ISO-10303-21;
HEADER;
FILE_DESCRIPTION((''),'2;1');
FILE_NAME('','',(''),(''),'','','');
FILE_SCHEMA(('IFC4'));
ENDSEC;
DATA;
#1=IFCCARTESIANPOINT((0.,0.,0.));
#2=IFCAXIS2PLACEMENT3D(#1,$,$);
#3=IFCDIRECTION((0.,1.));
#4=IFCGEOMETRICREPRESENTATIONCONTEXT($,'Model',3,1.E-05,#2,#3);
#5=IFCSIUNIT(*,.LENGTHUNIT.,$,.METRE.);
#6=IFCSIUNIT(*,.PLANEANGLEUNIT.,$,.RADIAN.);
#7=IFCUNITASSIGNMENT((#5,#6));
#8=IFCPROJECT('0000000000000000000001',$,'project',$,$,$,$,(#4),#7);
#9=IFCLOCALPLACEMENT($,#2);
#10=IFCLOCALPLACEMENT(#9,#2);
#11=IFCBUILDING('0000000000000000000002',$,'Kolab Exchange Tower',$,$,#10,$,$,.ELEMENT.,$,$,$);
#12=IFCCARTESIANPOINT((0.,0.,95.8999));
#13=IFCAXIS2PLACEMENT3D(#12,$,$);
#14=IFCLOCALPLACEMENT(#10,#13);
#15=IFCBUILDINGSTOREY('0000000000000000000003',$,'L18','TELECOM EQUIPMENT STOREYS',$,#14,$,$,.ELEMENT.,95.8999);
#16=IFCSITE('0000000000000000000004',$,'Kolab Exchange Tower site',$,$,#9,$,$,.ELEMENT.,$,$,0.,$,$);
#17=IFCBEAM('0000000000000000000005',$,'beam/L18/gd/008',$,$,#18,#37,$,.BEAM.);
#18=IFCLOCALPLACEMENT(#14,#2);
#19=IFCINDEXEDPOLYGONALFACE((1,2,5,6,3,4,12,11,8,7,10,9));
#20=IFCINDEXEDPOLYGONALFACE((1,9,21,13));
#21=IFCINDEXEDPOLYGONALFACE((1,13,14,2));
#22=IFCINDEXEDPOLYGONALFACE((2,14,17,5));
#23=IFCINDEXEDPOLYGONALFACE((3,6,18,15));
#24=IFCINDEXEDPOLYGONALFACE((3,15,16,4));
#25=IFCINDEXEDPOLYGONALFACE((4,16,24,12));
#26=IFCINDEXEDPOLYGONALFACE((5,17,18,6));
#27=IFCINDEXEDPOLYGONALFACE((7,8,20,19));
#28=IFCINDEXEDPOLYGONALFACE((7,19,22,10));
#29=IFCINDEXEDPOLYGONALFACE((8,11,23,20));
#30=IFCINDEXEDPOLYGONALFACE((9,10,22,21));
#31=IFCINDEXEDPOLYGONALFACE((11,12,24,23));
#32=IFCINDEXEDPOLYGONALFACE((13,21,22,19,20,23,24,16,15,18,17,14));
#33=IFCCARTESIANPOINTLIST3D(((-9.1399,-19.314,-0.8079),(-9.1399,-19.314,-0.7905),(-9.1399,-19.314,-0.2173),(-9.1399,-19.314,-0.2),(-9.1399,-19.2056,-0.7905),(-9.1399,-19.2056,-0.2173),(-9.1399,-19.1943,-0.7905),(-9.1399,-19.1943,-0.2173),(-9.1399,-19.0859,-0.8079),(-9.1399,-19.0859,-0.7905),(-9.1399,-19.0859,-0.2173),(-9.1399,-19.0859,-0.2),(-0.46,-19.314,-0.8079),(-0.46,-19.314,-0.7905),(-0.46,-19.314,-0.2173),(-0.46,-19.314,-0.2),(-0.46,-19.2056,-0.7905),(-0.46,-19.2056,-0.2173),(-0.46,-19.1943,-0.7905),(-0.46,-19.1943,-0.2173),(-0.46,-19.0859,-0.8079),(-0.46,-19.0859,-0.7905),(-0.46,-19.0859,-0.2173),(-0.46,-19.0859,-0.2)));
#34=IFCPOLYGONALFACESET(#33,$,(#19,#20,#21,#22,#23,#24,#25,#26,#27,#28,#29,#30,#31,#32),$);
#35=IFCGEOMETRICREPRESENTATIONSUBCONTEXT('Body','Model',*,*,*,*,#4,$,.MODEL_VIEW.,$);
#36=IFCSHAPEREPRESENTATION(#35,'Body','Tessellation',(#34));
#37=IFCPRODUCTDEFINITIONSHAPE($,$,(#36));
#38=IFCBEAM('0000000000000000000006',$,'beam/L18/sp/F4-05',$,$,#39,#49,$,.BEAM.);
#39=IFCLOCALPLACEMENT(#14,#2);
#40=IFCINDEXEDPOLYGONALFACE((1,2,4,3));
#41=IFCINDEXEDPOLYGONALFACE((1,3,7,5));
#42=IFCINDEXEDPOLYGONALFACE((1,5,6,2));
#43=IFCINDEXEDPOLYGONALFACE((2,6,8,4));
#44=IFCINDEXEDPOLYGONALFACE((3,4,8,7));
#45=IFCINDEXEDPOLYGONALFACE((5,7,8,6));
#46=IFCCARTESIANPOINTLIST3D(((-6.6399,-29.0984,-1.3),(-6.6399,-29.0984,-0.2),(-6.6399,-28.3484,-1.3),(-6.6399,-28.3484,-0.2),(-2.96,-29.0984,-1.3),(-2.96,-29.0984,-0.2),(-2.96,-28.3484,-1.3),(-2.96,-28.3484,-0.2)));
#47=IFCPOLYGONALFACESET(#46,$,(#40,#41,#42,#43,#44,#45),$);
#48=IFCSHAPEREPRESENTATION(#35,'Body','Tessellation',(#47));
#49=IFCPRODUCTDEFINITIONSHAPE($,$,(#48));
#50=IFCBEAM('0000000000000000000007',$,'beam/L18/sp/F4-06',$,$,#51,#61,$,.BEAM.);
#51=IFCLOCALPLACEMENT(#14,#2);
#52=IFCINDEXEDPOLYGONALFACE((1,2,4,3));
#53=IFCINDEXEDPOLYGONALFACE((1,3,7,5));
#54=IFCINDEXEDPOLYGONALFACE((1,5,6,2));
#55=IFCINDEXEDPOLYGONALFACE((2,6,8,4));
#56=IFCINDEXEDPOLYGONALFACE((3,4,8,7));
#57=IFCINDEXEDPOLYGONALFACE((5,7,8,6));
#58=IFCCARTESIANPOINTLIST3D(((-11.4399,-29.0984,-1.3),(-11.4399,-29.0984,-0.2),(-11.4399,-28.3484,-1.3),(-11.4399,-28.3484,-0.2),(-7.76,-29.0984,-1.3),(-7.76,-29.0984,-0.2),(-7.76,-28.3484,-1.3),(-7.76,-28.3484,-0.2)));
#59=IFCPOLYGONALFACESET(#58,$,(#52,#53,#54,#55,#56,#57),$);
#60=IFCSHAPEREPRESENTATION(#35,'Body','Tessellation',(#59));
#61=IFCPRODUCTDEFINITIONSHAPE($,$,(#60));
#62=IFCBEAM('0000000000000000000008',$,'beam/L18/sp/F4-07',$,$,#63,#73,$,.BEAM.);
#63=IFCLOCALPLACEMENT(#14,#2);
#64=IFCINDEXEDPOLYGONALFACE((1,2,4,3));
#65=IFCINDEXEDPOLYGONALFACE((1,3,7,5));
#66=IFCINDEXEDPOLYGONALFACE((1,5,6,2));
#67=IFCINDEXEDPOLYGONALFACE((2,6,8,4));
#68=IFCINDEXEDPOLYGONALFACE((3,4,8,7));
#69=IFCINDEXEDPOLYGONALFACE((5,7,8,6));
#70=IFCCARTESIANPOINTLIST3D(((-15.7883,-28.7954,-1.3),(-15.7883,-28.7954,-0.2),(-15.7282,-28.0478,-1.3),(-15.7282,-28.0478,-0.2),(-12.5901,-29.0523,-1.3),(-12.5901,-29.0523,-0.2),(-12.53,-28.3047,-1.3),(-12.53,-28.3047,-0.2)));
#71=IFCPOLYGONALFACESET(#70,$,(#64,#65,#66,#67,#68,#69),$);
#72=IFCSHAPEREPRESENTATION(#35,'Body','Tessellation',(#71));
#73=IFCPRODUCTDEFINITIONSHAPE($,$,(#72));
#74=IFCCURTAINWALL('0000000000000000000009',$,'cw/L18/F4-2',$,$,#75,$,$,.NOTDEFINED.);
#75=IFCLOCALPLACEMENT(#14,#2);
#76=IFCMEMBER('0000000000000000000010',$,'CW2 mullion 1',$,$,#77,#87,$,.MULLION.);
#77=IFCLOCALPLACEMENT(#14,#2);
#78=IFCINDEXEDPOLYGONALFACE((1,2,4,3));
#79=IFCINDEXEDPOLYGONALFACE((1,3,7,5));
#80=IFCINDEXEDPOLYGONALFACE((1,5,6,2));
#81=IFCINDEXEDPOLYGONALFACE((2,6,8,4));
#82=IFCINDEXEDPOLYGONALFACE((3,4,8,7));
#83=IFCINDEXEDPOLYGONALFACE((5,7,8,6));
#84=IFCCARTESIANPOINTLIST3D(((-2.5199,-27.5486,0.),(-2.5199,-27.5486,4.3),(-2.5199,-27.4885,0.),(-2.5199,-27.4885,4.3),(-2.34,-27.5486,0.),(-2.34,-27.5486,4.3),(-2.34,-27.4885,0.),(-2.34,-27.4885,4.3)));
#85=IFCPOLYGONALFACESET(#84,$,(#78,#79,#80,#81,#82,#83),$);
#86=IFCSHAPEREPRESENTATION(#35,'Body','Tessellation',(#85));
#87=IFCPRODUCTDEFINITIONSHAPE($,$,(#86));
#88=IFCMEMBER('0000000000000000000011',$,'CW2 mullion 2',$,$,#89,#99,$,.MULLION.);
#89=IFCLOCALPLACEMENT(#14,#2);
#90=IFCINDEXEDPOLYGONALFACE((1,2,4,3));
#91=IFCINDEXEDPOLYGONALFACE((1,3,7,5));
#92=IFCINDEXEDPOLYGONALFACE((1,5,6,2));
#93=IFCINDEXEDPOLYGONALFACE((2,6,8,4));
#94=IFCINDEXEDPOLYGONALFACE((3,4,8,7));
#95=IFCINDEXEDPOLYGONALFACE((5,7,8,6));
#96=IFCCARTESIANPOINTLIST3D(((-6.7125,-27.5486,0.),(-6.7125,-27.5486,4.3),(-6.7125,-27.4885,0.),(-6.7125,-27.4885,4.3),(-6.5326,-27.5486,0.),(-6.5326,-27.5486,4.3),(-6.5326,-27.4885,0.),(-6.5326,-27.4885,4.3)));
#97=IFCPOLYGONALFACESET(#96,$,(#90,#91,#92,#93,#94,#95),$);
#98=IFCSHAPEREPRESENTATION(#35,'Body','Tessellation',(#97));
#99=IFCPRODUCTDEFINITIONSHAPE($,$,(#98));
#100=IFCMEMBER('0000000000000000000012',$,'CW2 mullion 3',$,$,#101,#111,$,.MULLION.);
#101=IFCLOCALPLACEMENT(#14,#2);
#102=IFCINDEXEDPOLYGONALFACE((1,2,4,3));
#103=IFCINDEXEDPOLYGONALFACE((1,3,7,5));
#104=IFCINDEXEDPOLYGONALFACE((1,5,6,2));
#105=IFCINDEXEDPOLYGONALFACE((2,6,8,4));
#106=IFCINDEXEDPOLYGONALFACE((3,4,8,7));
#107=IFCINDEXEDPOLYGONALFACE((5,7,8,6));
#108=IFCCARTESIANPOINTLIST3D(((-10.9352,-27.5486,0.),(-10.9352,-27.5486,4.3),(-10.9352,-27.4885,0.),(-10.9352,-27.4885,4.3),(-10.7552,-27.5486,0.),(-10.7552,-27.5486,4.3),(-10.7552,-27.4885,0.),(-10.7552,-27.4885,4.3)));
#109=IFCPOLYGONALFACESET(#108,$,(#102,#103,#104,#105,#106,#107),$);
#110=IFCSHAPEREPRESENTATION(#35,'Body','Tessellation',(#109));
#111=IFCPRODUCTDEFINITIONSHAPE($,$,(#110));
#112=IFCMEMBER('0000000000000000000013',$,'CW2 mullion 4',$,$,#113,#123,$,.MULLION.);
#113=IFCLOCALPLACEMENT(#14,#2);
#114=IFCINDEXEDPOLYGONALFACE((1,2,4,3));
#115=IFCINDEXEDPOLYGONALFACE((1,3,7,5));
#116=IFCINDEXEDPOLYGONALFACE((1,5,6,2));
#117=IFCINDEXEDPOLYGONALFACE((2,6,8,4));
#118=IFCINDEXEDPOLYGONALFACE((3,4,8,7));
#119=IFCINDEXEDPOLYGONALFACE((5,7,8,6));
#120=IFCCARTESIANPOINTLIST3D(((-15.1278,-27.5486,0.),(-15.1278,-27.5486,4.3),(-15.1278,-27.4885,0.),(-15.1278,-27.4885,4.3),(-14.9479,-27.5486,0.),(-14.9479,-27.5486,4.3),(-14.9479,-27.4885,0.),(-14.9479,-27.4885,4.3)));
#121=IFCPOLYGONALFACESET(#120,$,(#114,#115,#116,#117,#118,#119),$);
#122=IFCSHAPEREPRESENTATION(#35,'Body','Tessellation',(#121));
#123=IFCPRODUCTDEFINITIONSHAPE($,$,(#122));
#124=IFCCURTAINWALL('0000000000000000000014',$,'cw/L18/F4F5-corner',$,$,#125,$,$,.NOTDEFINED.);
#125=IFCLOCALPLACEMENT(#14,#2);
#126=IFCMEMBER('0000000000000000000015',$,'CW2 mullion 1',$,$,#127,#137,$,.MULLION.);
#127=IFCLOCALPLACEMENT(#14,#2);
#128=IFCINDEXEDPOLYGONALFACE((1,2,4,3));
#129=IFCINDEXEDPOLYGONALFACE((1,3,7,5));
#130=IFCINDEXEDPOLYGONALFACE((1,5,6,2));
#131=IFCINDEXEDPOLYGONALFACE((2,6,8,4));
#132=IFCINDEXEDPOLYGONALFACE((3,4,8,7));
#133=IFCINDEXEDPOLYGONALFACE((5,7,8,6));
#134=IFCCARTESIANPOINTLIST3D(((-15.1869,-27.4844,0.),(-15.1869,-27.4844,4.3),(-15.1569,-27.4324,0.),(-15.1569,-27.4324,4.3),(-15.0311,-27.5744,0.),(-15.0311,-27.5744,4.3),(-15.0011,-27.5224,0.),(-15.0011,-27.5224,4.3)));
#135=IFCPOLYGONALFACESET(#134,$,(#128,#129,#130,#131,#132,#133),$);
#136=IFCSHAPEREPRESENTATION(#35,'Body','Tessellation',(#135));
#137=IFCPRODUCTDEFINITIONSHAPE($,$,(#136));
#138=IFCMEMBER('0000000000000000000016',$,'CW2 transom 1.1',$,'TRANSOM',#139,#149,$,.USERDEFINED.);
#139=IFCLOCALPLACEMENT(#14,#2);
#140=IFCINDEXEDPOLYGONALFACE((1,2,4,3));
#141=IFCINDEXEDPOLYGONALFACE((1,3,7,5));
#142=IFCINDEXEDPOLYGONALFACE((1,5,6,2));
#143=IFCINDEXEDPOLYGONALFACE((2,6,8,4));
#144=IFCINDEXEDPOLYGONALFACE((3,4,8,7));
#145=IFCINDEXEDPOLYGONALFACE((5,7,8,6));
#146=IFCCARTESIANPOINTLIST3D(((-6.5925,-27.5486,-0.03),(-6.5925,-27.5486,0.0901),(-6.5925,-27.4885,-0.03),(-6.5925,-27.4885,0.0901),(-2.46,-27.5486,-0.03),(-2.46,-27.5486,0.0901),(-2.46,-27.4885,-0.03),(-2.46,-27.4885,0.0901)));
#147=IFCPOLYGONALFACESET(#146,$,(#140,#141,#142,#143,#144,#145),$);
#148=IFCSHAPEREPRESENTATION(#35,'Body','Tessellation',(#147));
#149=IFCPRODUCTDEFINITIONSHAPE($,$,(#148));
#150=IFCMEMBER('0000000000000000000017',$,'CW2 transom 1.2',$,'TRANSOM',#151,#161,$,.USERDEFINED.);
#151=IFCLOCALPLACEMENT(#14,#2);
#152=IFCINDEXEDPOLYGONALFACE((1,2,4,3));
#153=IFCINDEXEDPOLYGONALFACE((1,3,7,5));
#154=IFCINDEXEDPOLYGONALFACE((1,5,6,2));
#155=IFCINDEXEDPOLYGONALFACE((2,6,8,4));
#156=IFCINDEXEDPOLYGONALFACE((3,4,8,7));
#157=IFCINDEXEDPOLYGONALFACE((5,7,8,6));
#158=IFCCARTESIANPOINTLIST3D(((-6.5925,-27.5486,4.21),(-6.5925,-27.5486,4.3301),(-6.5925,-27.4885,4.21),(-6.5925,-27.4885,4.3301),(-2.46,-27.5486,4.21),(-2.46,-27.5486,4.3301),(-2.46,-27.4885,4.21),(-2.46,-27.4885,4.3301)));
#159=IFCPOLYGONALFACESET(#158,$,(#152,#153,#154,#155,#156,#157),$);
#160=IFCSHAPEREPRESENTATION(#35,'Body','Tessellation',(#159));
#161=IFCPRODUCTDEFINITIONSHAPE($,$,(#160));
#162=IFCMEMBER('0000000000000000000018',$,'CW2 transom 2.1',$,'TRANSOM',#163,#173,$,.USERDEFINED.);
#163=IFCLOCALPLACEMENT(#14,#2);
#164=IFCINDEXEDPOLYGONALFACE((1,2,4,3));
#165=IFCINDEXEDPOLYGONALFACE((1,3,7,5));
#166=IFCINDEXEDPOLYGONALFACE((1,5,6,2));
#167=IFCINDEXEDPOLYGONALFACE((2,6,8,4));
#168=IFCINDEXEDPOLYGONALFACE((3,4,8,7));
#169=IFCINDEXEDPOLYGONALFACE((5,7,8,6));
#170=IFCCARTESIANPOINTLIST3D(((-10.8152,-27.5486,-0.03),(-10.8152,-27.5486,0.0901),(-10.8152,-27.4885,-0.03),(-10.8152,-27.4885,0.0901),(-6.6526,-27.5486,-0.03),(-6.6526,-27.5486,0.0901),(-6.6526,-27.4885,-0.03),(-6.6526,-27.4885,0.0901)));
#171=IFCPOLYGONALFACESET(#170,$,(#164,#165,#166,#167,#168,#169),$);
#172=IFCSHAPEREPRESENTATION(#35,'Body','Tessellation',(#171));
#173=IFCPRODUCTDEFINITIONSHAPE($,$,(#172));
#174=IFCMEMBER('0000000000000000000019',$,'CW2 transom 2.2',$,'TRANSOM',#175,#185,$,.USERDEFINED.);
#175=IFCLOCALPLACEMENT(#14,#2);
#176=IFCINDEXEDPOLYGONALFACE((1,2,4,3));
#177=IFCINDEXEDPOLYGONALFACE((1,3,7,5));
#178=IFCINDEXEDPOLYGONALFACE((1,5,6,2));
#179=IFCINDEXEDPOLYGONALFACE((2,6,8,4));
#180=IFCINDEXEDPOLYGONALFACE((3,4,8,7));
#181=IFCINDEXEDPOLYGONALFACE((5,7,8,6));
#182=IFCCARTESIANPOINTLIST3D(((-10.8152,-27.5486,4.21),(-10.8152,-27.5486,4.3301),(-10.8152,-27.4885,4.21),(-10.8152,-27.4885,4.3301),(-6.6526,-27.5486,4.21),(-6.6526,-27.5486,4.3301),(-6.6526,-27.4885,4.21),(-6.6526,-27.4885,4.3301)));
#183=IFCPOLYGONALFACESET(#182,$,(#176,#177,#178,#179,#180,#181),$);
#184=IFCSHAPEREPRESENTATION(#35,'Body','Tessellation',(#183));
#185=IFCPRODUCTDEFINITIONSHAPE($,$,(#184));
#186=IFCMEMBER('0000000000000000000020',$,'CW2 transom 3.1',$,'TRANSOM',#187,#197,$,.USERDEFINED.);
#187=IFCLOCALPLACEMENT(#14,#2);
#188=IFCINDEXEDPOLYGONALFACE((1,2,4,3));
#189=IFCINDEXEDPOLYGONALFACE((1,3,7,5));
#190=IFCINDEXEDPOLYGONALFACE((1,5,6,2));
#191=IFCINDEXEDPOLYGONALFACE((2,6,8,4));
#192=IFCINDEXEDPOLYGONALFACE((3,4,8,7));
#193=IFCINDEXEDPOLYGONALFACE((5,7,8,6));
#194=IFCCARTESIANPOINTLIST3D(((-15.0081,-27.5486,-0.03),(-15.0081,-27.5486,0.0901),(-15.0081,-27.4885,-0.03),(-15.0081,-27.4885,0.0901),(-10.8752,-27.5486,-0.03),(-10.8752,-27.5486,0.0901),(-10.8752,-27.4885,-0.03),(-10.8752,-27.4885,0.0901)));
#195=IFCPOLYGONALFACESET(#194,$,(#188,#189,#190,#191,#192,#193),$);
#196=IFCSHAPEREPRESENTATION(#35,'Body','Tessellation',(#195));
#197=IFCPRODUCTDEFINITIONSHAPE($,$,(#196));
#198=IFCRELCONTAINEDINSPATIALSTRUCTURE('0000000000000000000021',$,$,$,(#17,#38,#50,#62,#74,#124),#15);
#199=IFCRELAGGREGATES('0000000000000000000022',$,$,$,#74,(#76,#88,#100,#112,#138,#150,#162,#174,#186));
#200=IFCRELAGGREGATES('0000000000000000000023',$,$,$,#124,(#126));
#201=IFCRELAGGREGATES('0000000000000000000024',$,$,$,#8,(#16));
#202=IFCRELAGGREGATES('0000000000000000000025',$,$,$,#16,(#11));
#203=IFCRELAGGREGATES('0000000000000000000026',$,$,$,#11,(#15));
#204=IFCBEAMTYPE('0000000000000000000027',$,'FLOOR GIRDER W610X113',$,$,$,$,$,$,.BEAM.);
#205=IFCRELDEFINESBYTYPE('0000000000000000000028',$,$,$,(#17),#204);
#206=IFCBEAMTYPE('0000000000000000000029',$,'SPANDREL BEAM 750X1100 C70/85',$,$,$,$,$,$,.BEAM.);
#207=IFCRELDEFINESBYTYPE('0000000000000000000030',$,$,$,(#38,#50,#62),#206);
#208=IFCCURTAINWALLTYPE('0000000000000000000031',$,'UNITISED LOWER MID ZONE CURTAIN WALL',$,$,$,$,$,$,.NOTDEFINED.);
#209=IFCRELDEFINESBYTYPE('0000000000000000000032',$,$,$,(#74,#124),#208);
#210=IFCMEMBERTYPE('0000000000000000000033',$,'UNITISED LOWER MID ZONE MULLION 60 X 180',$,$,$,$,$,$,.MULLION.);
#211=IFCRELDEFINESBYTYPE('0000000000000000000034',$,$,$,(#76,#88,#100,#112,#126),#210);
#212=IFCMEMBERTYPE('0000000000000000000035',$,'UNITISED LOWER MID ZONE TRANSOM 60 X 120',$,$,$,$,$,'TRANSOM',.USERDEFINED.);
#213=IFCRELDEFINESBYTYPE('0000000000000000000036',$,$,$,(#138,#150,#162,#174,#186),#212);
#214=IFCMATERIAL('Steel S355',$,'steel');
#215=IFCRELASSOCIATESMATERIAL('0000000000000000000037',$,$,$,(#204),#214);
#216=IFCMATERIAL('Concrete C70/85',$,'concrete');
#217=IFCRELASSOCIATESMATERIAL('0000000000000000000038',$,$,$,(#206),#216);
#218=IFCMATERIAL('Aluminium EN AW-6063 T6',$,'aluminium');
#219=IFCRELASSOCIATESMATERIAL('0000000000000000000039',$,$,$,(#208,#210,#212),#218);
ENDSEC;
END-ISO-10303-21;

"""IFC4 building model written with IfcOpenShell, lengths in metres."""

from ifc_helpers import new_model, si_unit, direction, frame, origin, origin_2d, place, context, subcontext, project, spatial, rectangle, i_section, extrude, material, material_profile, profile_set, type_object, element, aggregate, save


model = new_model("IFC4")

# Units and contexts
model_context = context("Model", 3, precision=1e-05, world=origin(), true_north=direction((0.0, 1.0)))
body_context = subcontext(model_context, "Body", "Model", "MODEL_VIEW")
ifc_project = project(units=[si_unit("LENGTHUNIT", "METRE"), si_unit("PLANEANGLEUNIT", "RADIAN")], contexts=[model_context])

# Site, building, storey
site_placement = place(None, origin())
site = spatial("IfcSite", under=ifc_project, at=site_placement, Name="Kolab Exchange Tower site", CompositionType="ELEMENT", RefElevation=0.0)
building_placement = place(site_placement, origin())
building = spatial("IfcBuilding", under=site, at=building_placement, Name="Kolab Exchange Tower", CompositionType="ELEMENT")
storey_placement = place(building_placement, frame((0.0, 0.0, 95.8999)))
storey = spatial("IfcBuildingStorey", under=building, at=storey_placement, Name="L18", Description="TELECOM EQUIPMENT STOREYS", CompositionType="ELEMENT", Elevation=95.8999)

# Shared definitions
ifc_material_1 = material(Name="Concrete C70/85", Category="concrete")

# Beams
ifc_material_2 = material(Name="Steel S355", Category="steel")
ifc_material_profile_1 = material_profile(ifc_material_2, i_section(OverallWidth=0.228, OverallDepth=0.6079, WebThickness=0.0112, FlangeThickness=0.0173, at=origin_2d()), Name="W610X113")
ifc_profile_set_1 = profile_set([ifc_material_profile_1], Name="Steel S355")
beam_type_1 = type_object("IfcBeamType", Name="FLOOR GIRDER W610X113", PredefinedType="BEAM", material=ifc_profile_set_1)
beam_1_placement = place(storey_placement, frame((-9.1399, -19.2, -0.5039), z_axis=(1.0, 0.0, 0.0), x_axis=(0.0, 1.0, 0.0)))
element("IfcBeam", 1, at=beam_1_placement, inside=storey, type_object=beam_type_1, Name="beam/L18/gd/008", PredefinedType="BEAM", context=body_context, shape_type="SweptSolid", body=[
    extrude(i_section(OverallWidth=0.228, OverallDepth=0.6079, WebThickness=0.0112, FlangeThickness=0.0173, at=origin_2d()), origin(), (0.0, 0.0, 1.0), 8.6799),
])
ifc_material_profile_2 = material_profile(ifc_material_1, rectangle(XDim=0.75, YDim=1.1001, at=origin_2d()), Name="RC750X1100")
ifc_profile_set_2 = profile_set([ifc_material_profile_2], Name="Concrete C70/85")
beam_type_2 = type_object("IfcBeamType", Name="SPANDREL BEAM 750X1100 C70/85", PredefinedType="BEAM", material=ifc_profile_set_2)
for number, where, z_axis, x_axis, name in (
    (2, (-2.96, -28.7234, -0.75), (-1.0, 0.0, 0.0), (0.0, -1.0, 0.0), "beam/L18/sp/F4-05"),
    (3, (-7.76, -28.7234, -0.75), (-1.0, 0.0, 0.0), (0.0, -1.0, 0.0), "beam/L18/sp/F4-06"),
):
    element("IfcBeam", number, at=place(storey_placement, frame(where, z_axis=z_axis, x_axis=x_axis)), inside=storey, type_object=beam_type_2, Name=name, PredefinedType="BEAM", context=body_context, shape_type="SweptSolid", body=[
        extrude(rectangle(XDim=0.75, YDim=1.1001, at=origin_2d()), origin(), (0.0, 0.0, 1.0), 3.6799),
    ])
beam_2_placement = place(storey_placement, frame((-12.5601, -28.6785, -0.75), z_axis=(-0.996791, 0.080048, 0.0), x_axis=(-0.080048, -0.996791, 0.0)))
element("IfcBeam", 4, at=beam_2_placement, inside=storey, type_object=beam_type_2, Name="beam/L18/sp/F4-07", PredefinedType="BEAM", context=body_context, shape_type="SweptSolid", body=[
    extrude(rectangle(XDim=0.75, YDim=1.1001, at=origin_2d()), origin(), (0.0, 0.0, 1.0), 3.2085),
])

# Curtain wall, members
ifc_material_3 = material(Name="Aluminium EN AW-6063 T6", Category="aluminium")
curtain_wall_type = type_object("IfcCurtainWallType", Name="UNITISED LOWER MID ZONE CURTAIN WALL", PredefinedType="NOTDEFINED", material=ifc_material_3)
curtain_wall_1_placement = place(storey_placement, origin())
curtain_wall_1 = element("IfcCurtainWall", 5, at=curtain_wall_1_placement, inside=storey, type_object=curtain_wall_type, Name="cw/L18/F4-2", PredefinedType="NOTDEFINED")
ifc_material_profile_3 = material_profile(ifc_material_3, rectangle(XDim=0.0601, YDim=0.1799, at=origin_2d()), Name="RECT 60X180")
ifc_profile_set_3 = profile_set([ifc_material_profile_3], Name="Aluminium EN AW-6063 T6")
member_type_1 = type_object("IfcMemberType", Name="UNITISED LOWER MID ZONE MULLION 60 X 180", PredefinedType="MULLION", material=ifc_profile_set_3)
member_1_placement = place(storey_placement, frame((-2.4299, -27.5186, 0.0), z_axis=(0.0, 0.0, 1.0), x_axis=(0.0, -1.0, 0.0)))
member_1 = element("IfcMember", 6, at=member_1_placement, type_object=member_type_1, Name="CW2 mullion 1", PredefinedType="MULLION", context=body_context, shape_type="SweptSolid", body=[
    extrude(rectangle(XDim=0.0601, YDim=0.1799, at=origin_2d()), origin(), (0.0, 0.0, 1.0), 4.3),
])
member_2_placement = place(storey_placement, frame((-6.6226, -27.5186, 0.0), z_axis=(0.0, 0.0, 1.0), x_axis=(0.0, -1.0, 0.0)))
member_2 = element("IfcMember", 7, at=member_2_placement, type_object=member_type_1, Name="CW2 mullion 2", PredefinedType="MULLION", context=body_context, shape_type="SweptSolid", body=[
    extrude(rectangle(XDim=0.0601, YDim=0.1799, at=origin_2d()), origin(), (0.0, 0.0, 1.0), 4.3),
])
member_3_placement = place(storey_placement, frame((-10.8452, -27.5186, 0.0), z_axis=(0.0, 0.0, 1.0), x_axis=(0.0, -1.0, 0.0)))
member_3 = element("IfcMember", 8, at=member_3_placement, type_object=member_type_1, Name="CW2 mullion 3", PredefinedType="MULLION", context=body_context, shape_type="SweptSolid", body=[
    extrude(rectangle(XDim=0.0601, YDim=0.1799, at=origin_2d()), origin(), (0.0, 0.0, 1.0), 4.3),
])
member_4_placement = place(storey_placement, frame((-15.0378, -27.5186, 0.0), z_axis=(0.0, 0.0, 1.0), x_axis=(0.0, -1.0, 0.0)))
member_4 = element("IfcMember", 9, at=member_4_placement, type_object=member_type_1, Name="CW2 mullion 4", PredefinedType="MULLION", context=body_context, shape_type="SweptSolid", body=[
    extrude(rectangle(XDim=0.0601, YDim=0.1799, at=origin_2d()), origin(), (0.0, 0.0, 1.0), 4.3),
])

# Curtain wall, member
curtain_wall_2_placement = place(storey_placement, origin())
curtain_wall_2 = element("IfcCurtainWall", 10, at=curtain_wall_2_placement, inside=storey, type_object=curtain_wall_type, Name="cw/L18/F4F5-corner", PredefinedType="NOTDEFINED")
member_5_placement = place(storey_placement, frame((-15.094, -27.5034, 0.0), z_axis=(0.0, 0.0, 1.0), x_axis=(-0.5, -0.866025, 0.0)))
member_5 = element("IfcMember", 11, at=member_5_placement, type_object=member_type_1, Name="CW2 mullion 1", PredefinedType="MULLION", context=body_context, shape_type="SweptSolid", body=[
    extrude(rectangle(XDim=0.0601, YDim=0.1799, at=origin_2d()), origin(), (0.0, 0.0, 1.0), 4.3),
])

# Members
ifc_material_profile_4 = material_profile(ifc_material_3, rectangle(XDim=0.0601, YDim=0.1201, at=origin_2d()), Name="RECT 60X120")
ifc_profile_set_4 = profile_set([ifc_material_profile_4], Name="Aluminium EN AW-6063 T6")
member_type_2 = type_object("IfcMemberType", Name="UNITISED LOWER MID ZONE TRANSOM 60 X 120", ElementType="TRANSOM", PredefinedType="USERDEFINED", material=ifc_profile_set_4)
member_6_placement = place(storey_placement, frame((-2.46, -27.5186, 0.03), z_axis=(-1.0, 0.0, 0.0), x_axis=(0.0, -1.0, 0.0)))
member_6 = element("IfcMember", 12, at=member_6_placement, type_object=member_type_2, Name="CW2 transom 1.1", ObjectType="TRANSOM", PredefinedType="USERDEFINED", context=body_context, shape_type="SweptSolid", body=[
    extrude(rectangle(XDim=0.0601, YDim=0.1201, at=origin_2d()), origin(), (0.0, 0.0, 1.0), 4.1326),
])
member_7_placement = place(storey_placement, frame((-2.46, -27.5186, 4.27), z_axis=(-1.0, 0.0, 0.0), x_axis=(0.0, -1.0, 0.0)))
member_7 = element("IfcMember", 13, at=member_7_placement, type_object=member_type_2, Name="CW2 transom 1.2", ObjectType="TRANSOM", PredefinedType="USERDEFINED", context=body_context, shape_type="SweptSolid", body=[
    extrude(rectangle(XDim=0.0601, YDim=0.1201, at=origin_2d()), origin(), (0.0, 0.0, 1.0), 4.1326),
])
member_8_placement = place(storey_placement, frame((-6.6526, -27.5186, 0.03), z_axis=(-1.0, 0.0, 0.0), x_axis=(0.0, -1.0, 0.0)))
member_8 = element("IfcMember", 14, at=member_8_placement, type_object=member_type_2, Name="CW2 transom 2.1", ObjectType="TRANSOM", PredefinedType="USERDEFINED", context=body_context, shape_type="SweptSolid", body=[
    extrude(rectangle(XDim=0.0601, YDim=0.1201, at=origin_2d()), origin(), (0.0, 0.0, 1.0), 4.1626),
])
member_9_placement = place(storey_placement, frame((-6.6526, -27.5186, 4.27), z_axis=(-1.0, 0.0, 0.0), x_axis=(0.0, -1.0, 0.0)))
member_9 = element("IfcMember", 15, at=member_9_placement, type_object=member_type_2, Name="CW2 transom 2.2", ObjectType="TRANSOM", PredefinedType="USERDEFINED", context=body_context, shape_type="SweptSolid", body=[
    extrude(rectangle(XDim=0.0601, YDim=0.1201, at=origin_2d()), origin(), (0.0, 0.0, 1.0), 4.1626),
])
member_10_placement = place(storey_placement, frame((-10.8752, -27.5186, 0.03), z_axis=(-1.0, 0.0, 0.0), x_axis=(0.0, -1.0, 0.0)))
member_10 = element("IfcMember", 16, at=member_10_placement, type_object=member_type_2, Name="CW2 transom 3.1", ObjectType="TRANSOM", PredefinedType="USERDEFINED", context=body_context, shape_type="SweptSolid", body=[
    extrude(rectangle(XDim=0.0601, YDim=0.1201, at=origin_2d()), origin(), (0.0, 0.0, 1.0), 4.1328),
])

aggregate(curtain_wall_1, [member_1, member_2, member_3, member_4, member_6, member_7, member_8, member_9, member_10])
aggregate(curtain_wall_2, [member_5])

save(model, "model.ifc")
